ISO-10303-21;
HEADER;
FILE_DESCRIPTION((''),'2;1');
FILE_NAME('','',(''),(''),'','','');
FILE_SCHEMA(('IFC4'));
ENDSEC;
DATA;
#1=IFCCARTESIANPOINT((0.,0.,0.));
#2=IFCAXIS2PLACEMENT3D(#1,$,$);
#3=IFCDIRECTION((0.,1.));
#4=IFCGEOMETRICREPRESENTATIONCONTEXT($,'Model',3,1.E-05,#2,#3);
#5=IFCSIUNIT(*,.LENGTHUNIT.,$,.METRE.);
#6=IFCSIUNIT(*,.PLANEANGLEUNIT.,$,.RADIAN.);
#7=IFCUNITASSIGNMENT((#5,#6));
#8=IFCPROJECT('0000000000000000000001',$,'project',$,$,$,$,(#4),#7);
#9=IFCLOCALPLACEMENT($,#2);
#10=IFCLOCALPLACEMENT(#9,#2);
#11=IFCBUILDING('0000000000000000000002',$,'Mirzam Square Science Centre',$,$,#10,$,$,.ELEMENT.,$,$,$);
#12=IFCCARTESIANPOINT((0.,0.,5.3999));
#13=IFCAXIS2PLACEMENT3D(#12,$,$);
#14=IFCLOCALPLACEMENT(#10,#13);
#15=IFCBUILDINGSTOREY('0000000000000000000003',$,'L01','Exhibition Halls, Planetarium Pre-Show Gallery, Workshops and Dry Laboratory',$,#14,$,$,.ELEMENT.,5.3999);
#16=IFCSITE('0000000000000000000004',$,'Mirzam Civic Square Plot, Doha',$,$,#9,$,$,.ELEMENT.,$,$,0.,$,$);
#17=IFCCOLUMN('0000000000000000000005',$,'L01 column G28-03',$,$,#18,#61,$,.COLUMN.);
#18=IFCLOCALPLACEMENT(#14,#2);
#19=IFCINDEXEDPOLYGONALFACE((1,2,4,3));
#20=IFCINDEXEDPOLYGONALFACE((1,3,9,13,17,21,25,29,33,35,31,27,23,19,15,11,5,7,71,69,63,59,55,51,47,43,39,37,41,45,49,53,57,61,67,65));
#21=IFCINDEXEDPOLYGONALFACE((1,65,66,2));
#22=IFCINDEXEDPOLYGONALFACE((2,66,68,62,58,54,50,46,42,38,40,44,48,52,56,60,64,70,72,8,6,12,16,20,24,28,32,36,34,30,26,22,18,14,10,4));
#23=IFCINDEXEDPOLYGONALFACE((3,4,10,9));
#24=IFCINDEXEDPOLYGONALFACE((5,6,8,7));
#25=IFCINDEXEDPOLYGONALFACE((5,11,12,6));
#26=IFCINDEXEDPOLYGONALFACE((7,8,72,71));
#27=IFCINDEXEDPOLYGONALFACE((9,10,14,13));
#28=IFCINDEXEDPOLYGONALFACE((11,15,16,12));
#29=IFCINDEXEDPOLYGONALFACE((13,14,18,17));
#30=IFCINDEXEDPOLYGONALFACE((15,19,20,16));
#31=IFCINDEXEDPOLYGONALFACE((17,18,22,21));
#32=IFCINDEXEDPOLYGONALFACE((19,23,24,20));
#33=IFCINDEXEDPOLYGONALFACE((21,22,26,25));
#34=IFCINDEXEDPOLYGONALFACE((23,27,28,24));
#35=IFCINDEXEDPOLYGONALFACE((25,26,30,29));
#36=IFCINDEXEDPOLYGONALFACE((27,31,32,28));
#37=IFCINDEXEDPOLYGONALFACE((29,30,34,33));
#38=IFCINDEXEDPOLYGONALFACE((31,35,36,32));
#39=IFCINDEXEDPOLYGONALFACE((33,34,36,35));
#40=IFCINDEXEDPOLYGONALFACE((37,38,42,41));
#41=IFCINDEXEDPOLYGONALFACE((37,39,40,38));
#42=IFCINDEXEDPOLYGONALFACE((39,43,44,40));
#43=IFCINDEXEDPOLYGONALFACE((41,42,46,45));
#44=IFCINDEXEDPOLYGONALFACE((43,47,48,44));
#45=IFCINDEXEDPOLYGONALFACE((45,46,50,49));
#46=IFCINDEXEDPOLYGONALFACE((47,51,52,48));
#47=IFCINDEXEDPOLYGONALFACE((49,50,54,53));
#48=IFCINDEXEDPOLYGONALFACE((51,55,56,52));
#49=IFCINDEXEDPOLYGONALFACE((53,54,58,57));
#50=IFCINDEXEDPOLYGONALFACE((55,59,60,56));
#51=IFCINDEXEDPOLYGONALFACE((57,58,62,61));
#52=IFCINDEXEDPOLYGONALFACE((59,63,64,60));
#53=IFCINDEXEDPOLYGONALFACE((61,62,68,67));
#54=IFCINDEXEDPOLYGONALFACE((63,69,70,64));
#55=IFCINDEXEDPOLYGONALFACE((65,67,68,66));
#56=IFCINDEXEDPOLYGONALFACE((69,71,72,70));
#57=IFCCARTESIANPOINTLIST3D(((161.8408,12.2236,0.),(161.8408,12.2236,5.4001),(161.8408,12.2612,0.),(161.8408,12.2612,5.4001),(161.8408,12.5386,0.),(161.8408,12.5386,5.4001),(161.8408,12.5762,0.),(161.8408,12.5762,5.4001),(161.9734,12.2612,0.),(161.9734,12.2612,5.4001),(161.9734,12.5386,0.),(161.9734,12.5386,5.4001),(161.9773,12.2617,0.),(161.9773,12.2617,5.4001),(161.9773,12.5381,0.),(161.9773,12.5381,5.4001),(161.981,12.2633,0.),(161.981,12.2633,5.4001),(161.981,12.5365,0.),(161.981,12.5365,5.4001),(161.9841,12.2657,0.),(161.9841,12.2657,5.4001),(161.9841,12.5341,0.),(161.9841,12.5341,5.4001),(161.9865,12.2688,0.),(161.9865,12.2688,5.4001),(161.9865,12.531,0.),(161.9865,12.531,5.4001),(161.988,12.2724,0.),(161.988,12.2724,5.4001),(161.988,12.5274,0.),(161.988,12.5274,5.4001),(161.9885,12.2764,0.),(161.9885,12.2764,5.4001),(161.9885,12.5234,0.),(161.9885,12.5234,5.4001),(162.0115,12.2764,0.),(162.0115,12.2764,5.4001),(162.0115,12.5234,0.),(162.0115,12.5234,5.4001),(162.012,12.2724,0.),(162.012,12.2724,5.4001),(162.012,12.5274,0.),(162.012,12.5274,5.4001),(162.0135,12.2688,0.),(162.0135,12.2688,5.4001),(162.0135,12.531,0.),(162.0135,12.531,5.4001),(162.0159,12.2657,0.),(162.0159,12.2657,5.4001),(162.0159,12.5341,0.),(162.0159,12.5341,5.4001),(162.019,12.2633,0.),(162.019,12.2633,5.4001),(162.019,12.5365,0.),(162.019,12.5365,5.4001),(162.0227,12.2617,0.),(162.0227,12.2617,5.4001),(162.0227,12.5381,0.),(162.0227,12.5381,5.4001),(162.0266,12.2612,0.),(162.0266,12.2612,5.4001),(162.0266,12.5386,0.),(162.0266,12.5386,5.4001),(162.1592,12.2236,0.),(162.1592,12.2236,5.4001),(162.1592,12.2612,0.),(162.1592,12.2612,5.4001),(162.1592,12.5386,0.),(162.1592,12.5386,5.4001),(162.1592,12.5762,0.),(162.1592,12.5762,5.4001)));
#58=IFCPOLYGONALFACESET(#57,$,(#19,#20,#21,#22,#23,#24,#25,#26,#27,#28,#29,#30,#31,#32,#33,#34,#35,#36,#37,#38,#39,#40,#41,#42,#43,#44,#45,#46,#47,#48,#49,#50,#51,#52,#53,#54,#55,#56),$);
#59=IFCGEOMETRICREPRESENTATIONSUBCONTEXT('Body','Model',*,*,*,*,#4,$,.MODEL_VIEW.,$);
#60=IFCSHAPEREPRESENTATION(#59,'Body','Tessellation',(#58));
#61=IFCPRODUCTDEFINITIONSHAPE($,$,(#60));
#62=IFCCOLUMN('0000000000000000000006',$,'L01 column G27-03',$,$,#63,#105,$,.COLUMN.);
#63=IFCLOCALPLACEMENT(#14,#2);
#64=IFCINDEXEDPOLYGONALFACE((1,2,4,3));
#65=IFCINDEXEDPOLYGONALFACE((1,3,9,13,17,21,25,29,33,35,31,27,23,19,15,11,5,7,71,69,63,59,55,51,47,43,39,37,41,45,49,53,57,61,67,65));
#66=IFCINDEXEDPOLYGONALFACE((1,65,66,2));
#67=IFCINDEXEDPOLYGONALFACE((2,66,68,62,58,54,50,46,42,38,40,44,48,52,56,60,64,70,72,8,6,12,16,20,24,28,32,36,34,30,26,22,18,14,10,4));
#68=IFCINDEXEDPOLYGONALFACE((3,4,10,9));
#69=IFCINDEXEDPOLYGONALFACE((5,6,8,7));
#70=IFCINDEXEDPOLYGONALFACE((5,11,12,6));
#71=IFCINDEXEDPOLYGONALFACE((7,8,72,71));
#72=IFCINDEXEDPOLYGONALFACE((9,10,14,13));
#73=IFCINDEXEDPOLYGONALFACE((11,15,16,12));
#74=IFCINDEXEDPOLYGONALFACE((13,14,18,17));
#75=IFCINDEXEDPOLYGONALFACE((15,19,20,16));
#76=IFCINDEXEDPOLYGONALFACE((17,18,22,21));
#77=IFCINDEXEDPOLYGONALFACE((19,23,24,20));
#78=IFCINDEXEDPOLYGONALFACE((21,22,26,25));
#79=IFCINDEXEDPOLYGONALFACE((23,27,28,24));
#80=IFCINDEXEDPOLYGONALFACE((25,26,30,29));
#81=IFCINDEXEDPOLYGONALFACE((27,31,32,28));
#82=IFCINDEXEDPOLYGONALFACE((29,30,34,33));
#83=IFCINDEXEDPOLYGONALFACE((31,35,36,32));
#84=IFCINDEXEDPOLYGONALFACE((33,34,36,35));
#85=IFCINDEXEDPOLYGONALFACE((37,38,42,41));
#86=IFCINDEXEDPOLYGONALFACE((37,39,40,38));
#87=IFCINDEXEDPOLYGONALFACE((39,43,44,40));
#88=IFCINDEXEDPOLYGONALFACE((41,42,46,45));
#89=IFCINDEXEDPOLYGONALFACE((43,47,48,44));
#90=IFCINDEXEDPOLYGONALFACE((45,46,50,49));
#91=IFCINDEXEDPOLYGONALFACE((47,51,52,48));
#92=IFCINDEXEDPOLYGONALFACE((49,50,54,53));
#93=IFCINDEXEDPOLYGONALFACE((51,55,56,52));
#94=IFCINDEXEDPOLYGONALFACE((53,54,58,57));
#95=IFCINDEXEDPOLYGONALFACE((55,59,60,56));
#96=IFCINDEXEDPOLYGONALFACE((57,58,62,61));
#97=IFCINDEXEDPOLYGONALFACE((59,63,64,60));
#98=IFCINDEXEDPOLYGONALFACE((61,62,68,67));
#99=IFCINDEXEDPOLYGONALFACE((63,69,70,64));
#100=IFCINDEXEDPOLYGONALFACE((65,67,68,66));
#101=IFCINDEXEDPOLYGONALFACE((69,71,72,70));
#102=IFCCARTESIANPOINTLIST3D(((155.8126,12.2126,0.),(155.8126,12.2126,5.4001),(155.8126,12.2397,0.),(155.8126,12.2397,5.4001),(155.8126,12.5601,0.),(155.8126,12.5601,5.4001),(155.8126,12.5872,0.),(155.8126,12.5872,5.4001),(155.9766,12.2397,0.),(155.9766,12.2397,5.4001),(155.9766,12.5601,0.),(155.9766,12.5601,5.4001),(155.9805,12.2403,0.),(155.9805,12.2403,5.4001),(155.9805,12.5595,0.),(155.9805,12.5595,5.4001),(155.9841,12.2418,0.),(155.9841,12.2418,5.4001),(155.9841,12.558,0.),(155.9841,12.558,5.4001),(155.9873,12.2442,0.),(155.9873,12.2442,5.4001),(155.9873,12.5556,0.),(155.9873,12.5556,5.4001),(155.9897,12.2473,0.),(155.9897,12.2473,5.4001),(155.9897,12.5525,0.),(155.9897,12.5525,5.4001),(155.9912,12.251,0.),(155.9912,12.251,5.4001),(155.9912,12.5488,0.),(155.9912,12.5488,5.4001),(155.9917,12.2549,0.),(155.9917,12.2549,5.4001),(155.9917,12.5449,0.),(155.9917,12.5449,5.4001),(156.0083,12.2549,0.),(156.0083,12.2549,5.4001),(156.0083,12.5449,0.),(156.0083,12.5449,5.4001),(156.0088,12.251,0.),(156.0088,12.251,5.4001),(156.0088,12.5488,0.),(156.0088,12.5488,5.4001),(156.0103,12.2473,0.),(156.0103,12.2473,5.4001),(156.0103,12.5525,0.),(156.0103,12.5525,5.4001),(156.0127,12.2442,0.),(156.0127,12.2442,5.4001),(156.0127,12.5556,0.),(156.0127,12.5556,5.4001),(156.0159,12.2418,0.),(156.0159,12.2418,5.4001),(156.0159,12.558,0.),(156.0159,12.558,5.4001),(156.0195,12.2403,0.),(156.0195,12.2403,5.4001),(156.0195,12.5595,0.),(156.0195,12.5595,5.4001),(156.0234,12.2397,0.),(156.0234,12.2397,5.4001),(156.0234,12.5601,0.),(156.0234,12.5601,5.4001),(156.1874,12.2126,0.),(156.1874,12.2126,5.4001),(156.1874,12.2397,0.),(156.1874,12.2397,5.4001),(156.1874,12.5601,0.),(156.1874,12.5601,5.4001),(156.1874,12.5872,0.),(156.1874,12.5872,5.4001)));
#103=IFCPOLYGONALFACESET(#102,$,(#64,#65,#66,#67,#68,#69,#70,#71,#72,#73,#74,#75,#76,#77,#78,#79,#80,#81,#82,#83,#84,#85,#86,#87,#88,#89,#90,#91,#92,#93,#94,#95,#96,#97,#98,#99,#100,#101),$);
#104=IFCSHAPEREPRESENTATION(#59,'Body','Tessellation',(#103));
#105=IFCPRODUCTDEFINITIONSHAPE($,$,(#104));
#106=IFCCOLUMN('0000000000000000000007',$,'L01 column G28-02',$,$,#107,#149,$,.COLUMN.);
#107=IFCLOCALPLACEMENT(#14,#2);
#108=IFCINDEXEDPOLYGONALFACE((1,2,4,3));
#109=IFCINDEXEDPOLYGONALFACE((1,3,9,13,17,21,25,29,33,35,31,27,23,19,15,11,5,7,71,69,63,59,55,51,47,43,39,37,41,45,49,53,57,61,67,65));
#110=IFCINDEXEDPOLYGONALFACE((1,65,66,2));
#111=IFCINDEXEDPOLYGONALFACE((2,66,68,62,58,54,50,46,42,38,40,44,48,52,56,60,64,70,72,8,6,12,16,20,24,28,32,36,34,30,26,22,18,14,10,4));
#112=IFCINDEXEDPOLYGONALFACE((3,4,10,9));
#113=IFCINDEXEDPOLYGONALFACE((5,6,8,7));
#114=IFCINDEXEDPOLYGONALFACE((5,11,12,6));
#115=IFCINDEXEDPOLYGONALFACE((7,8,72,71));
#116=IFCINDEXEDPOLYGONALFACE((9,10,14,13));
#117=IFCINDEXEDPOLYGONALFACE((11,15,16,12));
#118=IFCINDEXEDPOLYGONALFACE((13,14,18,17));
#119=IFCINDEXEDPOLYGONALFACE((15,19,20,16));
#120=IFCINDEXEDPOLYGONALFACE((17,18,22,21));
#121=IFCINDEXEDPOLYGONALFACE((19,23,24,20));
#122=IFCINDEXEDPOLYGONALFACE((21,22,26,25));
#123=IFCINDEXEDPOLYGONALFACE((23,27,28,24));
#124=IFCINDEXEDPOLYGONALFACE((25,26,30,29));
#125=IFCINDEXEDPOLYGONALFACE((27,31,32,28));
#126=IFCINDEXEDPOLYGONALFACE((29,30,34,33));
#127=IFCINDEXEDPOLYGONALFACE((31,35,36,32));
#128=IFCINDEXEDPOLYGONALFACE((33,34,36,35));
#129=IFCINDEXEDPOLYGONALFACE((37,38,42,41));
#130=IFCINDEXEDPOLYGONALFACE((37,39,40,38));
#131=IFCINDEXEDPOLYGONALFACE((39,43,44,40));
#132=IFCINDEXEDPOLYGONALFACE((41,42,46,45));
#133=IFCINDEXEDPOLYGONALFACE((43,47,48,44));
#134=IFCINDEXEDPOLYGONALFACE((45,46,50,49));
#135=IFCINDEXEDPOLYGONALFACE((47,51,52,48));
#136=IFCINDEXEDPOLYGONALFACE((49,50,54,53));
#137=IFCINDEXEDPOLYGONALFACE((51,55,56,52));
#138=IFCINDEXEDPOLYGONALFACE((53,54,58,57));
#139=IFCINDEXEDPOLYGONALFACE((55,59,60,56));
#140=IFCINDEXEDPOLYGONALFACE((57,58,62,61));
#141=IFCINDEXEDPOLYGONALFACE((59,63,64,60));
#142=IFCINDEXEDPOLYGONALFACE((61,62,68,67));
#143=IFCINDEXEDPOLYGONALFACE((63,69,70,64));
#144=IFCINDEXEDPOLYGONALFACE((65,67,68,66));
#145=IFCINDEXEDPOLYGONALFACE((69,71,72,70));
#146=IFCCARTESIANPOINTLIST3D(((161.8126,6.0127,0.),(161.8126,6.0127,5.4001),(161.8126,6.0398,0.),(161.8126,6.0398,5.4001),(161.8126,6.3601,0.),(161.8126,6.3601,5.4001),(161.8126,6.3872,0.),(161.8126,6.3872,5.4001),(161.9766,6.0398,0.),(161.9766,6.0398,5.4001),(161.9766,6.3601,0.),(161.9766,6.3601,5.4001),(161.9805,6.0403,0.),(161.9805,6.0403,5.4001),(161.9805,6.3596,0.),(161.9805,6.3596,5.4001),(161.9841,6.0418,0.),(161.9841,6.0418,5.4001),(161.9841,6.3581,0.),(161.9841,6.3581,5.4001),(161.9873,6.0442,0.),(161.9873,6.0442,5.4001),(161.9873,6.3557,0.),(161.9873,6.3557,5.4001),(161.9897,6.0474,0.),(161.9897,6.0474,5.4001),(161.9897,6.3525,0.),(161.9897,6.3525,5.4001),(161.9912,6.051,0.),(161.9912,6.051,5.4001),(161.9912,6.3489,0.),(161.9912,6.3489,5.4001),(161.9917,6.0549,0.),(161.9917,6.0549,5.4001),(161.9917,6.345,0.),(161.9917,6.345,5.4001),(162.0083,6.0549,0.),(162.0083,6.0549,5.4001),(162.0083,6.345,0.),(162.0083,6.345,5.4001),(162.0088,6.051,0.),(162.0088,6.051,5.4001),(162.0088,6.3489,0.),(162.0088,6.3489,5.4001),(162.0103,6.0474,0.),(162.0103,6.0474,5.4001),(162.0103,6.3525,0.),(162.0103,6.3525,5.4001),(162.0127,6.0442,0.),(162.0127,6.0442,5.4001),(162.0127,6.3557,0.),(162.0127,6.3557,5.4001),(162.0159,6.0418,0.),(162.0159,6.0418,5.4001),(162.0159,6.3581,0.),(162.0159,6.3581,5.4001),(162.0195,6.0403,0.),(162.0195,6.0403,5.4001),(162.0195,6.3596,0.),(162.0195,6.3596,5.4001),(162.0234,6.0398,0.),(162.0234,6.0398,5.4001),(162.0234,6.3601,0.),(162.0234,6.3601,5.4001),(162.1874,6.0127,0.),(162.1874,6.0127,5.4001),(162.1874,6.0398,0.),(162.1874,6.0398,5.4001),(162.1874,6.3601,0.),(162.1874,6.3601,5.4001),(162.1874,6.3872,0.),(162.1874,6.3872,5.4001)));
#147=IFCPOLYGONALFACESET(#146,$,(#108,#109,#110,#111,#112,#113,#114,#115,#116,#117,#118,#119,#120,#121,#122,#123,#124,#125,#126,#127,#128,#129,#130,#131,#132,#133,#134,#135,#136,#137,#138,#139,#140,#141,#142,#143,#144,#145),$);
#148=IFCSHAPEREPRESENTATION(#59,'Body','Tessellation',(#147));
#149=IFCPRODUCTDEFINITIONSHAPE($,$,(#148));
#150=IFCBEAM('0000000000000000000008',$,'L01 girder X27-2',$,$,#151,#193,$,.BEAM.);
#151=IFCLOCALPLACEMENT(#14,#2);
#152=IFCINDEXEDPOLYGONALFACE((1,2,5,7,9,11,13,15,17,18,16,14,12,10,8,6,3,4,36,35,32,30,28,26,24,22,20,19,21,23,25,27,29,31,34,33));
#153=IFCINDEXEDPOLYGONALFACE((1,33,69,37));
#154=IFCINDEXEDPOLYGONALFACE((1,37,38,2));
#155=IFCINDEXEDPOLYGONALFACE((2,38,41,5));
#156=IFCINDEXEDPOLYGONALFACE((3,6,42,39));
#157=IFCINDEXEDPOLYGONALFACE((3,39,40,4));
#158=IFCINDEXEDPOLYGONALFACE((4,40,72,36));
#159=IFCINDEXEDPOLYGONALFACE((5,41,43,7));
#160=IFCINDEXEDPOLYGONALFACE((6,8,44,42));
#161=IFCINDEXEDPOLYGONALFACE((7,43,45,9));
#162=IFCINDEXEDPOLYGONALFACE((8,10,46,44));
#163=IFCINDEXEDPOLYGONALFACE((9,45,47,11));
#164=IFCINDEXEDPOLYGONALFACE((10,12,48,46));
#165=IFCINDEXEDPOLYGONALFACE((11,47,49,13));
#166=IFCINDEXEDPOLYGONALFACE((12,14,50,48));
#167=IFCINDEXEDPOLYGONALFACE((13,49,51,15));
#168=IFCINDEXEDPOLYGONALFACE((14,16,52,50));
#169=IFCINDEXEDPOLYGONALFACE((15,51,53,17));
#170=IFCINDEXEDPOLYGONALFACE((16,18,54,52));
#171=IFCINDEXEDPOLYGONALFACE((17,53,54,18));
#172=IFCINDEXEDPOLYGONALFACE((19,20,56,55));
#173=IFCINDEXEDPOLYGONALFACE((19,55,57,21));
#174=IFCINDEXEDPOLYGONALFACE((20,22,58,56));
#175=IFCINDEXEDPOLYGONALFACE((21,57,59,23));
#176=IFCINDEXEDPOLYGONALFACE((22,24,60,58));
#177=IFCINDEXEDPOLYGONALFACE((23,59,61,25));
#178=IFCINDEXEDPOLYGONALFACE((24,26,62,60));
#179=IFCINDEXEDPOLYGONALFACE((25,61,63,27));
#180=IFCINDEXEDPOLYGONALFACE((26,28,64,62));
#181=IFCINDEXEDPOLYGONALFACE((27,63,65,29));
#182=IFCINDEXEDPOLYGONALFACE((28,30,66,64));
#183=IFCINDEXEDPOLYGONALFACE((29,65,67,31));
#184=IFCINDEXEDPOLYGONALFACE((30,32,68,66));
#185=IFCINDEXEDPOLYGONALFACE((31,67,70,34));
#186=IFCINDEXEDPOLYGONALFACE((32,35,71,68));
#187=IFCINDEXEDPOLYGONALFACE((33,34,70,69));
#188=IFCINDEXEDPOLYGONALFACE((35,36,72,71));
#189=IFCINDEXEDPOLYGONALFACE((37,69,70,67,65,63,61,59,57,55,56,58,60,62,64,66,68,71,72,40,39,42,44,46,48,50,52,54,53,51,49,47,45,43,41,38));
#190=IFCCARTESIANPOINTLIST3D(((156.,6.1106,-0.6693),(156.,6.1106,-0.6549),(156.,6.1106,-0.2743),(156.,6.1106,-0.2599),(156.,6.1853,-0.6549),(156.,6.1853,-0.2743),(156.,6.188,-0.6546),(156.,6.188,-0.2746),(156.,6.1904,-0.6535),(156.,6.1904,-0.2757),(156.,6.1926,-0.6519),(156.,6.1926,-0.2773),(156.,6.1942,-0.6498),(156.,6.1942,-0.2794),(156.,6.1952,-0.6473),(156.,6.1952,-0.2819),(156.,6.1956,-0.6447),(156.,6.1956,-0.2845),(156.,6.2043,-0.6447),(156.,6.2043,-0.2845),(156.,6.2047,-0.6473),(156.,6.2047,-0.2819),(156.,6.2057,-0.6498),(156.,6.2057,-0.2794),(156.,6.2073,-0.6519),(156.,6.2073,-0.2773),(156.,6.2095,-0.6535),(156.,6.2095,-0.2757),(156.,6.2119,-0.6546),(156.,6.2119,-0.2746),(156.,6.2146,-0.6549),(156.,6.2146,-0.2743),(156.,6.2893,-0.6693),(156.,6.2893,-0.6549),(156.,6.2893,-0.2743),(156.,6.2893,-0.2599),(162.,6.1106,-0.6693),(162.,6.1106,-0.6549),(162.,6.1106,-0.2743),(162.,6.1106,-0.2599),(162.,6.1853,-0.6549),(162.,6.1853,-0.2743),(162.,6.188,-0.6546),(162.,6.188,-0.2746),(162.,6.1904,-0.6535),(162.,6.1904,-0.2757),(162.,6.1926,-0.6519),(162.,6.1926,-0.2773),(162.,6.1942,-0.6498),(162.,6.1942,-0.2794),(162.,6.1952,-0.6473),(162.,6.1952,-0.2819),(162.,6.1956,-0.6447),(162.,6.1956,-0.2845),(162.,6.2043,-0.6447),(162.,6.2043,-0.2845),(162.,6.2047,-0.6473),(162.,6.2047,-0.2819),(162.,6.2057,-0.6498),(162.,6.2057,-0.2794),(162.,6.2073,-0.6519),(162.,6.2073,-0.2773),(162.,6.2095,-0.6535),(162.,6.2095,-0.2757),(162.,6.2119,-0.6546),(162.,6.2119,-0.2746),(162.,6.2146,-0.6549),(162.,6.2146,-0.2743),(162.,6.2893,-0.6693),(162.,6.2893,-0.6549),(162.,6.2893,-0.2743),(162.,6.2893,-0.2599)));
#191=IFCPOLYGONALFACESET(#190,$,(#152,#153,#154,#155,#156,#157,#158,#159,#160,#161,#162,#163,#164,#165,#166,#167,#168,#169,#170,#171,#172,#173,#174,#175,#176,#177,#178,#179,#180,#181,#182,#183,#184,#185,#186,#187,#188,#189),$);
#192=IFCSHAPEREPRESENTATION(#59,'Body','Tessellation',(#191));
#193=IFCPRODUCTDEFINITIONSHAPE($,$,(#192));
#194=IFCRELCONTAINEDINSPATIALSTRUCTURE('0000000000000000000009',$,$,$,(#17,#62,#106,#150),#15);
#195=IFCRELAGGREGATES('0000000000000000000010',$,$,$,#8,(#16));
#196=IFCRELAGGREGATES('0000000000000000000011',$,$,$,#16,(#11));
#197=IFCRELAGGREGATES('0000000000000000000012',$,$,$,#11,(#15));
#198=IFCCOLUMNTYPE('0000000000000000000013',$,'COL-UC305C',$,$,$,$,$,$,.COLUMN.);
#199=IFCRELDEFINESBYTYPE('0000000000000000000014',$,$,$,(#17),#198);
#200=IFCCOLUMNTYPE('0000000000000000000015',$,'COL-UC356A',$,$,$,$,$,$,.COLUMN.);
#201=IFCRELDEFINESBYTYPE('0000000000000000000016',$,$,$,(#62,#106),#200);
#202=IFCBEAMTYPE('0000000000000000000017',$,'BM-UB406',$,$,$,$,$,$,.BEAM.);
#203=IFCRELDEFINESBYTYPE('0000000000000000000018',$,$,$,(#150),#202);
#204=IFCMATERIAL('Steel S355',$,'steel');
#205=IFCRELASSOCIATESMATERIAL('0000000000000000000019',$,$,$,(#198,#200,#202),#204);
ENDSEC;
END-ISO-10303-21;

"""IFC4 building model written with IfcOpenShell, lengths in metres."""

from ifc_helpers import new_model, si_unit, direction, frame, origin, origin_2d, place, context, subcontext, project, spatial, i_section, extrude, material, material_profile, profile_set, type_object, element, save


model = new_model("IFC4")

# Units and contexts
model_context = context("Model", 3, precision=1e-05, world=origin(), true_north=direction((0.0, 1.0)))
body_context = subcontext(model_context, "Body", "Model", "MODEL_VIEW")
ifc_project = project(units=[si_unit("LENGTHUNIT", "METRE"), si_unit("PLANEANGLEUNIT", "RADIAN")], contexts=[model_context])

# Site, building, storey
site_placement = place(None, origin())
site = spatial("IfcSite", under=ifc_project, at=site_placement, Name="Mirzam Civic Square Plot, Doha", CompositionType="ELEMENT", RefElevation=0.0)
building_placement = place(site_placement, origin())
building = spatial("IfcBuilding", under=site, at=building_placement, Name="Mirzam Square Science Centre", CompositionType="ELEMENT")
storey_placement = place(building_placement, frame((0.0, 0.0, 5.3999)))
storey = spatial("IfcBuildingStorey", under=building, at=storey_placement, Name="L01", Description="Exhibition Halls, Planetarium Pre-Show Gallery, Workshops and Dry Laboratory", CompositionType="ELEMENT", Elevation=5.3999)

# Columns
ifc_material_1 = material(Name="Steel S355", Category="steel")
ifc_material_profile_1 = material_profile(ifc_material_1, i_section(OverallWidth=0.3184, OverallDepth=0.3525, WebThickness=0.0229, FlangeThickness=0.0376, FilletRadius=0.0151, at=origin_2d()), Name="305x305x240UC")
ifc_profile_set_1 = profile_set([ifc_material_profile_1], Name="Steel S355")
column_type_1 = type_object("IfcColumnType", Name="COL-UC305C", PredefinedType="COLUMN", material=ifc_profile_set_1)
column_1_placement = place(storey_placement, frame((162.0, 12.3999, 0.0), z_axis=(0.0, 0.0, 1.0), x_axis=(1.0, 0.0, 0.0)))
element("IfcColumn", 1, at=column_1_placement, inside=storey, type_object=column_type_1, Name="L01 column G28-03", PredefinedType="COLUMN", context=body_context, shape_type="SweptSolid", body=[
    extrude(i_section(OverallWidth=0.3184, OverallDepth=0.3525, WebThickness=0.0229, FlangeThickness=0.0376, FilletRadius=0.0151, at=origin_2d()), origin(), (0.0, 0.0, 1.0), 5.4001),
])
ifc_material_profile_2 = material_profile(ifc_material_1, i_section(OverallWidth=0.3748, OverallDepth=0.3745, WebThickness=0.0166, FlangeThickness=0.0271, FilletRadius=0.0151, at=origin_2d()), Name="356x368x202UC")
ifc_profile_set_2 = profile_set([ifc_material_profile_2], Name="Steel S355")
column_type_2 = type_object("IfcColumnType", Name="COL-UC356A", PredefinedType="COLUMN", material=ifc_profile_set_2)
for number, where, z_axis, x_axis, name in (
    (2, (156.0, 12.3999, 0.0), (0.0, 0.0, 1.0), (1.0, 0.0, 0.0), "L01 column G27-03"),
    (3, (162.0, 6.2, 0.0), (0.0, 0.0, 1.0), (1.0, 0.0, 0.0), "L01 column G28-02"),
):
    element("IfcColumn", number, at=place(storey_placement, frame(where, z_axis=z_axis, x_axis=x_axis)), inside=storey, type_object=column_type_2, Name=name, PredefinedType="COLUMN", context=body_context, shape_type="SweptSolid", body=[
        extrude(i_section(OverallWidth=0.3748, OverallDepth=0.3745, WebThickness=0.0166, FlangeThickness=0.0271, FilletRadius=0.0151, at=origin_2d()), origin(), (0.0, 0.0, 1.0), 5.4001),
    ])

# Beam
ifc_material_profile_3 = material_profile(ifc_material_1, i_section(OverallWidth=0.1787, OverallDepth=0.4094, WebThickness=0.0088, FlangeThickness=0.0144, FilletRadius=0.0103, at=origin_2d()), Name="406x178x67UB")
ifc_profile_set_3 = profile_set([ifc_material_profile_3], Name="Steel S355")
beam_type_1 = type_object("IfcBeamType", Name="BM-UB406", PredefinedType="BEAM", material=ifc_profile_set_3)
beam_1_placement = place(storey_placement, frame((156.0, 6.2, -0.4646), z_axis=(1.0, 0.0, 0.0), x_axis=(0.0, 1.0, 0.0)))
element("IfcBeam", 4, at=beam_1_placement, inside=storey, type_object=beam_type_1, Name="L01 girder X27-2", PredefinedType="BEAM", context=body_context, shape_type="SweptSolid", body=[
    extrude(i_section(OverallWidth=0.1787, OverallDepth=0.4094, WebThickness=0.0088, FlangeThickness=0.0144, FilletRadius=0.0103, at=origin_2d()), origin(), (0.0, 0.0, 1.0), 6.0),
])

save(model, "model.ifc")
